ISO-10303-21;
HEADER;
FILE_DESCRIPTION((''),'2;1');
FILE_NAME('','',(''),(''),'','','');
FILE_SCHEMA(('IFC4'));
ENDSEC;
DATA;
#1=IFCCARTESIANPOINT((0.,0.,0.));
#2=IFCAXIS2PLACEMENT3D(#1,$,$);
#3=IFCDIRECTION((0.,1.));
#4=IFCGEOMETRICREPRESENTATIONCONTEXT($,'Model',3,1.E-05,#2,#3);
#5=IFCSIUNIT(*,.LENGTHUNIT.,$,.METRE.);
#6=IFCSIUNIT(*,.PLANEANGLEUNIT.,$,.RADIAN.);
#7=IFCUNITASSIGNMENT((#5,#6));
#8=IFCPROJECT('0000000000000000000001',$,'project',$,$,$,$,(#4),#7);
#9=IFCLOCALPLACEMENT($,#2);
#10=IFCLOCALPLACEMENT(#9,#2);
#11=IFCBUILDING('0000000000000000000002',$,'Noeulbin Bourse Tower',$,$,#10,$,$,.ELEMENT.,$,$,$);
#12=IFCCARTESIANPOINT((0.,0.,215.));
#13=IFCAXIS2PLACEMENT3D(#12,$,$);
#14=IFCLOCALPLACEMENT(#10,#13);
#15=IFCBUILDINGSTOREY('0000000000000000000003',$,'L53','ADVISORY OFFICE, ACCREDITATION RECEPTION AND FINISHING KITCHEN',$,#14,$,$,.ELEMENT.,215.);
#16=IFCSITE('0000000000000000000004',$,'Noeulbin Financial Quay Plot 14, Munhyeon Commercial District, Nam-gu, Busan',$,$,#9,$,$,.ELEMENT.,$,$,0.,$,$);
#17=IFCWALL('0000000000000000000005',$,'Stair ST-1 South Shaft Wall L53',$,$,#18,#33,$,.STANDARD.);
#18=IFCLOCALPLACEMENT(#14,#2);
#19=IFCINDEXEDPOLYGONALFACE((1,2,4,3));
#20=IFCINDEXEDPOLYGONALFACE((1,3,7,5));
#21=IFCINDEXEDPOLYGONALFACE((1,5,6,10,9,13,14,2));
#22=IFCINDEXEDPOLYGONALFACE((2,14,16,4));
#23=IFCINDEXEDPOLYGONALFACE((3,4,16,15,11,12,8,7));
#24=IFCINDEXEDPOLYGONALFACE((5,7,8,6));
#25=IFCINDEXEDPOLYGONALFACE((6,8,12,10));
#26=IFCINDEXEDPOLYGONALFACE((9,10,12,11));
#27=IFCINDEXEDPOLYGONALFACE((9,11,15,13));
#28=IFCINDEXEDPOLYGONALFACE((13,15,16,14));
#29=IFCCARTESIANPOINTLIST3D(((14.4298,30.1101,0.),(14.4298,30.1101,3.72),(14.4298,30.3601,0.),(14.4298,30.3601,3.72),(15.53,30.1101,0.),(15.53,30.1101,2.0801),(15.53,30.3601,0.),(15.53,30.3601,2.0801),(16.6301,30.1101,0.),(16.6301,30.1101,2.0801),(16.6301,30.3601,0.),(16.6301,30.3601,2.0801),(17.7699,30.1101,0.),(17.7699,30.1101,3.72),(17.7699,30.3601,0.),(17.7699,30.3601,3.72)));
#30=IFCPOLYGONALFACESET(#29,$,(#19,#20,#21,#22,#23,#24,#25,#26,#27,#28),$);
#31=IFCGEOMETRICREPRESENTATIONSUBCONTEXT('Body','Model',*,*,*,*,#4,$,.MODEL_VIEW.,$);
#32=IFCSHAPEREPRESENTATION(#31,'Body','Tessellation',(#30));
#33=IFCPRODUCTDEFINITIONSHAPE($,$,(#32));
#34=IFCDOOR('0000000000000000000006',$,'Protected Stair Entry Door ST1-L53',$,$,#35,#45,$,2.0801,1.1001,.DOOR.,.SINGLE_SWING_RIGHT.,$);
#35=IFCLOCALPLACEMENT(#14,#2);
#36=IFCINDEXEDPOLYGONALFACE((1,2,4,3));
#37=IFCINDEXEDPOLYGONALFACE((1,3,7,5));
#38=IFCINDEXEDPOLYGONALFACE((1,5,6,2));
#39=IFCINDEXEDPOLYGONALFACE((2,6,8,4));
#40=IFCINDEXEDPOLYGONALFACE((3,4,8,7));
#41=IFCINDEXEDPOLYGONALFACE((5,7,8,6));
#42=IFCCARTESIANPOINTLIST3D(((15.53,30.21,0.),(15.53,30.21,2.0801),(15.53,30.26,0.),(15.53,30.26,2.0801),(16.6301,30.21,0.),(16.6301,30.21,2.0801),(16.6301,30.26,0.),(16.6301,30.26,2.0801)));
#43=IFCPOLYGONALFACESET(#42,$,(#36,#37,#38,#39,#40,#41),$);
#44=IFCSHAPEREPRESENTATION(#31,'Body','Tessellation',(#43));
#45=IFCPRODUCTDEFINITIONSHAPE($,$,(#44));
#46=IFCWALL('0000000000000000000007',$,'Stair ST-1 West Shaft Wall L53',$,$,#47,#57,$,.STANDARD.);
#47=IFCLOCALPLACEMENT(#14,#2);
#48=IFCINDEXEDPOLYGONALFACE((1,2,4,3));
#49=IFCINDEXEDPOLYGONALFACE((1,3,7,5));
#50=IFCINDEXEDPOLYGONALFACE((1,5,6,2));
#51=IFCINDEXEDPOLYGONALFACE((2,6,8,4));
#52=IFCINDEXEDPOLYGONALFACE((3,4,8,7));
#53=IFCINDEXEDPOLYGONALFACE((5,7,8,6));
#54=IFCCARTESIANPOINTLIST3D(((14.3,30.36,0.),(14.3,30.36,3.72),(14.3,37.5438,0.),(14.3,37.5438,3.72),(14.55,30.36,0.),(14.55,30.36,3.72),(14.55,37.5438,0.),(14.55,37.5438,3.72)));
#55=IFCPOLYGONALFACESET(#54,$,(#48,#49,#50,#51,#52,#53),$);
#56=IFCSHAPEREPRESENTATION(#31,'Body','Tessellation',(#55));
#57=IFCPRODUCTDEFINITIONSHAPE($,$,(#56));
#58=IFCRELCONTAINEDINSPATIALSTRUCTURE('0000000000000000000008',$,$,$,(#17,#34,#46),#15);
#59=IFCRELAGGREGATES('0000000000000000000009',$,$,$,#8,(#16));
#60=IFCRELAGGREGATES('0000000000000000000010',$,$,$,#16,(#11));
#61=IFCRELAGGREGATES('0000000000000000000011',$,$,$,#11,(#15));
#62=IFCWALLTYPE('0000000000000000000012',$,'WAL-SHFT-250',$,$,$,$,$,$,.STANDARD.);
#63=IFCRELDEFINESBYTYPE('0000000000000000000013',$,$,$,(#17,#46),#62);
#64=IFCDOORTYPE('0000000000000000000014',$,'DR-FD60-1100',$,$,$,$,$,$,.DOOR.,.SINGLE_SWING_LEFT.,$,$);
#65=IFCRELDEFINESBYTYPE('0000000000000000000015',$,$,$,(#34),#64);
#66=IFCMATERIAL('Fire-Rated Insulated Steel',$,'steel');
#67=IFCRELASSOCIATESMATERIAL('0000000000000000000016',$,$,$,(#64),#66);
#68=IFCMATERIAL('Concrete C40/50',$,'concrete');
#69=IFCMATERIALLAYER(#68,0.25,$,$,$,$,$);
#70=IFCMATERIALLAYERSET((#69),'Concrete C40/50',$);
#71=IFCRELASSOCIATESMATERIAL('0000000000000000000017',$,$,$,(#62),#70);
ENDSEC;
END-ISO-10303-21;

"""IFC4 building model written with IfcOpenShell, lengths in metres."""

from ifc_helpers import new_model, si_unit, direction, frame, frame_2d, origin, place, context, subcontext, project, spatial, rectangle, extrude, material, layer, layer_set, type_object, element, fill, save


model = new_model("IFC4")

# Units and contexts
model_context = context("Model", 3, precision=1e-05, world=origin(), true_north=direction((0.0, 1.0)))
body_context = subcontext(model_context, "Body", "Model", "MODEL_VIEW")
ifc_project = project(units=[si_unit("LENGTHUNIT", "METRE"), si_unit("PLANEANGLEUNIT", "RADIAN")], contexts=[model_context])

# Site, building, storey
site_placement = place(None, origin())
site = spatial("IfcSite", under=ifc_project, at=site_placement, Name="Noeulbin Financial Quay Plot 14, Munhyeon Commercial District, Nam-gu, Busan", CompositionType="ELEMENT", RefElevation=0.0)
building_placement = place(site_placement, origin())
building = spatial("IfcBuilding", under=site, at=building_placement, Name="Noeulbin Bourse Tower", CompositionType="ELEMENT")
storey_placement = place(building_placement, frame((0.0, 0.0, 215.0)))
storey = spatial("IfcBuildingStorey", under=building, at=storey_placement, Name="L53", Description="ADVISORY OFFICE, ACCREDITATION RECEPTION AND FINISHING KITCHEN", CompositionType="ELEMENT", Elevation=215.0)

# Shared definitions
ifc_material_1 = material(Name="Fire-Rated Insulated Steel", Category="steel")
door_type_1 = type_object("IfcDoorType", Name="DR-FD60-1100", OperationType="SINGLE_SWING_LEFT", PredefinedType="DOOR", material=ifc_material_1)

# Shared definitions
ifc_material_2 = material(Name="Concrete C40/50", Category="concrete")

# Wall, opening, door
ifc_layer_1 = layer(ifc_material_2, 0.25)
ifc_layer_set_1 = layer_set([ifc_layer_1], Name="Concrete C40/50")
wall_type_1 = type_object("IfcWallType", Name="WAL-SHFT-250", PredefinedType="STANDARD", material=ifc_layer_set_1)
wall_1_placement = place(storey_placement, frame((14.4299, 30.2351, 0.0), z_axis=(0.0, 0.0, 1.0), x_axis=(1.0, 0.0, 0.0)))
wall_1 = element("IfcWall", 1, at=wall_1_placement, inside=storey, type_object=wall_type_1, Name="Stair ST-1 South Shaft Wall L53", PredefinedType="STANDARD", context=body_context, shape_type="SweptSolid", body=[
    extrude(rectangle(XDim=3.3401, YDim=0.25, at=frame_2d((1.6699, 0.0))), origin(), (0.0, 0.0, 1.0), 3.72),
])
opening_1_placement = place(wall_1_placement, frame((1.1001, 0.0, 0.0)))
opening_1 = element("IfcOpeningElement", 2, at=opening_1_placement, cuts=wall_1, PredefinedType="OPENING", context=body_context, shape_type="SweptSolid", body=[
    extrude(rectangle(XDim=1.1001, YDim=2.0801, at=frame_2d((0.55, 1.04))), frame((0.0, 0.135, 0.0), z_axis=(0.0, -1.0, 0.0), x_axis=(1.0, 0.0, 0.0)), (0.0, 0.0, 1.0), 0.27),
])
door_1_placement = place(opening_1_placement, origin())
door_1 = element("IfcDoor", 3, at=door_1_placement, inside=storey, type_object=door_type_1, Name="Protected Stair Entry Door ST1-L53", OperationType="SINGLE_SWING_RIGHT", OverallHeight=2.0801, OverallWidth=1.1001, PredefinedType="DOOR", context=body_context, shape_type="SweptSolid", body=[
    extrude(rectangle(XDim=1.1001, YDim=2.0801, at=frame_2d((0.55, 1.04))), frame((0.0, 0.0249, 0.0), z_axis=(0.0, -1.0, 0.0), x_axis=(1.0, 0.0, 0.0)), (0.0, 0.0, 1.0), 0.05),
])
fill(opening_1, door_1)

# Wall
wall_2_placement = place(storey_placement, frame((14.425, 30.3601, 0.0), z_axis=(0.0, 0.0, 1.0), x_axis=(0.0, 1.0, 0.0)))
element("IfcWall", 4, at=wall_2_placement, inside=storey, type_object=wall_type_1, Name="Stair ST-1 West Shaft Wall L53", PredefinedType="STANDARD", context=body_context, shape_type="SweptSolid", body=[
    extrude(rectangle(XDim=7.1838, YDim=0.25, at=frame_2d((3.5918, 0.0))), origin(), (0.0, 0.0, 1.0), 3.72),
])

save(model, "model.ifc")
